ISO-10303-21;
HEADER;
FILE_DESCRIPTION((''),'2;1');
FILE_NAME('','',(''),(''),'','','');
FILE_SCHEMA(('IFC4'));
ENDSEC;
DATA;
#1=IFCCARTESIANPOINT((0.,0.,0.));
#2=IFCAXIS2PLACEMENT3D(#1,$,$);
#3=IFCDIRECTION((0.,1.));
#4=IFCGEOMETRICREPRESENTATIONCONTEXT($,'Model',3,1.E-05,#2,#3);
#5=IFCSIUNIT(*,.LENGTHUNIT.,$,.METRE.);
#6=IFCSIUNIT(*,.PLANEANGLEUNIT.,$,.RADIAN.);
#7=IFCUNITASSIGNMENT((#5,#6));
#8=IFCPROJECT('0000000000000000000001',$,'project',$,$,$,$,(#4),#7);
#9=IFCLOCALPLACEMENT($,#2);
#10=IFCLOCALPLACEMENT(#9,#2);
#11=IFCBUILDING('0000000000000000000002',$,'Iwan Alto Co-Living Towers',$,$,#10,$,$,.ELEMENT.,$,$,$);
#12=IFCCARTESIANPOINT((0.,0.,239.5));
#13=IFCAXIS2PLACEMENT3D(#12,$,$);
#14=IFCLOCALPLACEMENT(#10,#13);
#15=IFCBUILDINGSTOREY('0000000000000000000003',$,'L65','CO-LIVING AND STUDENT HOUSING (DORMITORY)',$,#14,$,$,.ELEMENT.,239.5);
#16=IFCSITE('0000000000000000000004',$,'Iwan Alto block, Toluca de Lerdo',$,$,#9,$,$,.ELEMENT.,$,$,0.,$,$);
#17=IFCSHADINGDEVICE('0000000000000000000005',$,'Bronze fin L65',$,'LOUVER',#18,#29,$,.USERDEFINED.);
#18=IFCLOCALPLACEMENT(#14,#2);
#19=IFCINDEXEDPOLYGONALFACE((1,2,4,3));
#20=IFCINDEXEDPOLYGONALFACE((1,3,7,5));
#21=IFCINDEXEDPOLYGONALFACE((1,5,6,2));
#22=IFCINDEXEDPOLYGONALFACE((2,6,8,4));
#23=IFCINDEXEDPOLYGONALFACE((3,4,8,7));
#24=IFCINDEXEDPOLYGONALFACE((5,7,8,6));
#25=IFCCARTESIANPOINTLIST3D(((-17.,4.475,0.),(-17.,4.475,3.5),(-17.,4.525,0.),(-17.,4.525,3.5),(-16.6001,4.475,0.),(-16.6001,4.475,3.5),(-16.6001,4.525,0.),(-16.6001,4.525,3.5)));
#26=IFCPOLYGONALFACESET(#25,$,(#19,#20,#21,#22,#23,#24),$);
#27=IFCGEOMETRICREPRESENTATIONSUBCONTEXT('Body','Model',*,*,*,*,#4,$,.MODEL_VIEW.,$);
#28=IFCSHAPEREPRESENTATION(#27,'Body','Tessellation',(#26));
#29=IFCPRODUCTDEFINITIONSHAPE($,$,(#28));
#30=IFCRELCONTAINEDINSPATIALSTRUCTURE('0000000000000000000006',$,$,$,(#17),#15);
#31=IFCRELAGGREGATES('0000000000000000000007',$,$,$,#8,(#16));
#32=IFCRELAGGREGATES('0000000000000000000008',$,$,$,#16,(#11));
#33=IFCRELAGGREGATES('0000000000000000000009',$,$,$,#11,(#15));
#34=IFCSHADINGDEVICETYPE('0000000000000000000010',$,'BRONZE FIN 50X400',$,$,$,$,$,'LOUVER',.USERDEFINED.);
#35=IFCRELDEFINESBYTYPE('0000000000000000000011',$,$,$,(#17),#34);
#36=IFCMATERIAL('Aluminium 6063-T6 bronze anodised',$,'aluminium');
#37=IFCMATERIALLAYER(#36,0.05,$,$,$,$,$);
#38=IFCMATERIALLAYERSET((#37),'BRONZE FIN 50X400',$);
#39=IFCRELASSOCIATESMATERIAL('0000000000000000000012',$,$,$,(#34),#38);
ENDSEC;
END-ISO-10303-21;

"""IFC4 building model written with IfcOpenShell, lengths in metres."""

from ifc_helpers import new_model, si_unit, direction, frame, origin, origin_2d, place, context, subcontext, project, spatial, rectangle, extrude, material, layer, layer_set, type_object, element, save


model = new_model("IFC4")

# Units and contexts
model_context = context("Model", 3, precision=1e-05, world=origin(), true_north=direction((0.0, 1.0)))
body_context = subcontext(model_context, "Body", "Model", "MODEL_VIEW")
ifc_project = project(units=[si_unit("LENGTHUNIT", "METRE"), si_unit("PLANEANGLEUNIT", "RADIAN")], contexts=[model_context])

# Site, building, storey
site_placement = place(None, origin())
site = spatial("IfcSite", under=ifc_project, at=site_placement, Name="Iwan Alto block, Toluca de Lerdo", CompositionType="ELEMENT", RefElevation=0.0)
building_placement = place(site_placement, origin())
building = spatial("IfcBuilding", under=site, at=building_placement, Name="Iwan Alto Co-Living Towers", CompositionType="ELEMENT")
storey_placement = place(building_placement, frame((0.0, 0.0, 239.5)))
storey = spatial("IfcBuildingStorey", under=building, at=storey_placement, Name="L65", Description="CO-LIVING AND STUDENT HOUSING (DORMITORY)", CompositionType="ELEMENT", Elevation=239.5)

# Shading device
ifc_material_1 = material(Name="Aluminium 6063-T6 bronze anodised", Category="aluminium")
ifc_layer_1 = layer(ifc_material_1, 0.05)
ifc_layer_set_1 = layer_set([ifc_layer_1], Name="BRONZE FIN 50X400")
shading_device_type = type_object("IfcShadingDeviceType", Name="BRONZE FIN 50X400", ElementType="LOUVER", PredefinedType="USERDEFINED", material=ifc_layer_set_1)
shading_device_placement = place(storey_placement, frame((-16.8, 4.5, 0.0), z_axis=(0.0, 0.0, 1.0), x_axis=(0.0, -1.0, 0.0)))
element("IfcShadingDevice", 1, at=shading_device_placement, inside=storey, type_object=shading_device_type, Name="Bronze fin L65", ObjectType="LOUVER", PredefinedType="USERDEFINED", context=body_context, shape_type="SweptSolid", body=[
    extrude(rectangle(XDim=0.05, YDim=0.3999, at=origin_2d()), origin(), (0.0, 0.0, 1.0), 3.5),
])

save(model, "model.ifc")
